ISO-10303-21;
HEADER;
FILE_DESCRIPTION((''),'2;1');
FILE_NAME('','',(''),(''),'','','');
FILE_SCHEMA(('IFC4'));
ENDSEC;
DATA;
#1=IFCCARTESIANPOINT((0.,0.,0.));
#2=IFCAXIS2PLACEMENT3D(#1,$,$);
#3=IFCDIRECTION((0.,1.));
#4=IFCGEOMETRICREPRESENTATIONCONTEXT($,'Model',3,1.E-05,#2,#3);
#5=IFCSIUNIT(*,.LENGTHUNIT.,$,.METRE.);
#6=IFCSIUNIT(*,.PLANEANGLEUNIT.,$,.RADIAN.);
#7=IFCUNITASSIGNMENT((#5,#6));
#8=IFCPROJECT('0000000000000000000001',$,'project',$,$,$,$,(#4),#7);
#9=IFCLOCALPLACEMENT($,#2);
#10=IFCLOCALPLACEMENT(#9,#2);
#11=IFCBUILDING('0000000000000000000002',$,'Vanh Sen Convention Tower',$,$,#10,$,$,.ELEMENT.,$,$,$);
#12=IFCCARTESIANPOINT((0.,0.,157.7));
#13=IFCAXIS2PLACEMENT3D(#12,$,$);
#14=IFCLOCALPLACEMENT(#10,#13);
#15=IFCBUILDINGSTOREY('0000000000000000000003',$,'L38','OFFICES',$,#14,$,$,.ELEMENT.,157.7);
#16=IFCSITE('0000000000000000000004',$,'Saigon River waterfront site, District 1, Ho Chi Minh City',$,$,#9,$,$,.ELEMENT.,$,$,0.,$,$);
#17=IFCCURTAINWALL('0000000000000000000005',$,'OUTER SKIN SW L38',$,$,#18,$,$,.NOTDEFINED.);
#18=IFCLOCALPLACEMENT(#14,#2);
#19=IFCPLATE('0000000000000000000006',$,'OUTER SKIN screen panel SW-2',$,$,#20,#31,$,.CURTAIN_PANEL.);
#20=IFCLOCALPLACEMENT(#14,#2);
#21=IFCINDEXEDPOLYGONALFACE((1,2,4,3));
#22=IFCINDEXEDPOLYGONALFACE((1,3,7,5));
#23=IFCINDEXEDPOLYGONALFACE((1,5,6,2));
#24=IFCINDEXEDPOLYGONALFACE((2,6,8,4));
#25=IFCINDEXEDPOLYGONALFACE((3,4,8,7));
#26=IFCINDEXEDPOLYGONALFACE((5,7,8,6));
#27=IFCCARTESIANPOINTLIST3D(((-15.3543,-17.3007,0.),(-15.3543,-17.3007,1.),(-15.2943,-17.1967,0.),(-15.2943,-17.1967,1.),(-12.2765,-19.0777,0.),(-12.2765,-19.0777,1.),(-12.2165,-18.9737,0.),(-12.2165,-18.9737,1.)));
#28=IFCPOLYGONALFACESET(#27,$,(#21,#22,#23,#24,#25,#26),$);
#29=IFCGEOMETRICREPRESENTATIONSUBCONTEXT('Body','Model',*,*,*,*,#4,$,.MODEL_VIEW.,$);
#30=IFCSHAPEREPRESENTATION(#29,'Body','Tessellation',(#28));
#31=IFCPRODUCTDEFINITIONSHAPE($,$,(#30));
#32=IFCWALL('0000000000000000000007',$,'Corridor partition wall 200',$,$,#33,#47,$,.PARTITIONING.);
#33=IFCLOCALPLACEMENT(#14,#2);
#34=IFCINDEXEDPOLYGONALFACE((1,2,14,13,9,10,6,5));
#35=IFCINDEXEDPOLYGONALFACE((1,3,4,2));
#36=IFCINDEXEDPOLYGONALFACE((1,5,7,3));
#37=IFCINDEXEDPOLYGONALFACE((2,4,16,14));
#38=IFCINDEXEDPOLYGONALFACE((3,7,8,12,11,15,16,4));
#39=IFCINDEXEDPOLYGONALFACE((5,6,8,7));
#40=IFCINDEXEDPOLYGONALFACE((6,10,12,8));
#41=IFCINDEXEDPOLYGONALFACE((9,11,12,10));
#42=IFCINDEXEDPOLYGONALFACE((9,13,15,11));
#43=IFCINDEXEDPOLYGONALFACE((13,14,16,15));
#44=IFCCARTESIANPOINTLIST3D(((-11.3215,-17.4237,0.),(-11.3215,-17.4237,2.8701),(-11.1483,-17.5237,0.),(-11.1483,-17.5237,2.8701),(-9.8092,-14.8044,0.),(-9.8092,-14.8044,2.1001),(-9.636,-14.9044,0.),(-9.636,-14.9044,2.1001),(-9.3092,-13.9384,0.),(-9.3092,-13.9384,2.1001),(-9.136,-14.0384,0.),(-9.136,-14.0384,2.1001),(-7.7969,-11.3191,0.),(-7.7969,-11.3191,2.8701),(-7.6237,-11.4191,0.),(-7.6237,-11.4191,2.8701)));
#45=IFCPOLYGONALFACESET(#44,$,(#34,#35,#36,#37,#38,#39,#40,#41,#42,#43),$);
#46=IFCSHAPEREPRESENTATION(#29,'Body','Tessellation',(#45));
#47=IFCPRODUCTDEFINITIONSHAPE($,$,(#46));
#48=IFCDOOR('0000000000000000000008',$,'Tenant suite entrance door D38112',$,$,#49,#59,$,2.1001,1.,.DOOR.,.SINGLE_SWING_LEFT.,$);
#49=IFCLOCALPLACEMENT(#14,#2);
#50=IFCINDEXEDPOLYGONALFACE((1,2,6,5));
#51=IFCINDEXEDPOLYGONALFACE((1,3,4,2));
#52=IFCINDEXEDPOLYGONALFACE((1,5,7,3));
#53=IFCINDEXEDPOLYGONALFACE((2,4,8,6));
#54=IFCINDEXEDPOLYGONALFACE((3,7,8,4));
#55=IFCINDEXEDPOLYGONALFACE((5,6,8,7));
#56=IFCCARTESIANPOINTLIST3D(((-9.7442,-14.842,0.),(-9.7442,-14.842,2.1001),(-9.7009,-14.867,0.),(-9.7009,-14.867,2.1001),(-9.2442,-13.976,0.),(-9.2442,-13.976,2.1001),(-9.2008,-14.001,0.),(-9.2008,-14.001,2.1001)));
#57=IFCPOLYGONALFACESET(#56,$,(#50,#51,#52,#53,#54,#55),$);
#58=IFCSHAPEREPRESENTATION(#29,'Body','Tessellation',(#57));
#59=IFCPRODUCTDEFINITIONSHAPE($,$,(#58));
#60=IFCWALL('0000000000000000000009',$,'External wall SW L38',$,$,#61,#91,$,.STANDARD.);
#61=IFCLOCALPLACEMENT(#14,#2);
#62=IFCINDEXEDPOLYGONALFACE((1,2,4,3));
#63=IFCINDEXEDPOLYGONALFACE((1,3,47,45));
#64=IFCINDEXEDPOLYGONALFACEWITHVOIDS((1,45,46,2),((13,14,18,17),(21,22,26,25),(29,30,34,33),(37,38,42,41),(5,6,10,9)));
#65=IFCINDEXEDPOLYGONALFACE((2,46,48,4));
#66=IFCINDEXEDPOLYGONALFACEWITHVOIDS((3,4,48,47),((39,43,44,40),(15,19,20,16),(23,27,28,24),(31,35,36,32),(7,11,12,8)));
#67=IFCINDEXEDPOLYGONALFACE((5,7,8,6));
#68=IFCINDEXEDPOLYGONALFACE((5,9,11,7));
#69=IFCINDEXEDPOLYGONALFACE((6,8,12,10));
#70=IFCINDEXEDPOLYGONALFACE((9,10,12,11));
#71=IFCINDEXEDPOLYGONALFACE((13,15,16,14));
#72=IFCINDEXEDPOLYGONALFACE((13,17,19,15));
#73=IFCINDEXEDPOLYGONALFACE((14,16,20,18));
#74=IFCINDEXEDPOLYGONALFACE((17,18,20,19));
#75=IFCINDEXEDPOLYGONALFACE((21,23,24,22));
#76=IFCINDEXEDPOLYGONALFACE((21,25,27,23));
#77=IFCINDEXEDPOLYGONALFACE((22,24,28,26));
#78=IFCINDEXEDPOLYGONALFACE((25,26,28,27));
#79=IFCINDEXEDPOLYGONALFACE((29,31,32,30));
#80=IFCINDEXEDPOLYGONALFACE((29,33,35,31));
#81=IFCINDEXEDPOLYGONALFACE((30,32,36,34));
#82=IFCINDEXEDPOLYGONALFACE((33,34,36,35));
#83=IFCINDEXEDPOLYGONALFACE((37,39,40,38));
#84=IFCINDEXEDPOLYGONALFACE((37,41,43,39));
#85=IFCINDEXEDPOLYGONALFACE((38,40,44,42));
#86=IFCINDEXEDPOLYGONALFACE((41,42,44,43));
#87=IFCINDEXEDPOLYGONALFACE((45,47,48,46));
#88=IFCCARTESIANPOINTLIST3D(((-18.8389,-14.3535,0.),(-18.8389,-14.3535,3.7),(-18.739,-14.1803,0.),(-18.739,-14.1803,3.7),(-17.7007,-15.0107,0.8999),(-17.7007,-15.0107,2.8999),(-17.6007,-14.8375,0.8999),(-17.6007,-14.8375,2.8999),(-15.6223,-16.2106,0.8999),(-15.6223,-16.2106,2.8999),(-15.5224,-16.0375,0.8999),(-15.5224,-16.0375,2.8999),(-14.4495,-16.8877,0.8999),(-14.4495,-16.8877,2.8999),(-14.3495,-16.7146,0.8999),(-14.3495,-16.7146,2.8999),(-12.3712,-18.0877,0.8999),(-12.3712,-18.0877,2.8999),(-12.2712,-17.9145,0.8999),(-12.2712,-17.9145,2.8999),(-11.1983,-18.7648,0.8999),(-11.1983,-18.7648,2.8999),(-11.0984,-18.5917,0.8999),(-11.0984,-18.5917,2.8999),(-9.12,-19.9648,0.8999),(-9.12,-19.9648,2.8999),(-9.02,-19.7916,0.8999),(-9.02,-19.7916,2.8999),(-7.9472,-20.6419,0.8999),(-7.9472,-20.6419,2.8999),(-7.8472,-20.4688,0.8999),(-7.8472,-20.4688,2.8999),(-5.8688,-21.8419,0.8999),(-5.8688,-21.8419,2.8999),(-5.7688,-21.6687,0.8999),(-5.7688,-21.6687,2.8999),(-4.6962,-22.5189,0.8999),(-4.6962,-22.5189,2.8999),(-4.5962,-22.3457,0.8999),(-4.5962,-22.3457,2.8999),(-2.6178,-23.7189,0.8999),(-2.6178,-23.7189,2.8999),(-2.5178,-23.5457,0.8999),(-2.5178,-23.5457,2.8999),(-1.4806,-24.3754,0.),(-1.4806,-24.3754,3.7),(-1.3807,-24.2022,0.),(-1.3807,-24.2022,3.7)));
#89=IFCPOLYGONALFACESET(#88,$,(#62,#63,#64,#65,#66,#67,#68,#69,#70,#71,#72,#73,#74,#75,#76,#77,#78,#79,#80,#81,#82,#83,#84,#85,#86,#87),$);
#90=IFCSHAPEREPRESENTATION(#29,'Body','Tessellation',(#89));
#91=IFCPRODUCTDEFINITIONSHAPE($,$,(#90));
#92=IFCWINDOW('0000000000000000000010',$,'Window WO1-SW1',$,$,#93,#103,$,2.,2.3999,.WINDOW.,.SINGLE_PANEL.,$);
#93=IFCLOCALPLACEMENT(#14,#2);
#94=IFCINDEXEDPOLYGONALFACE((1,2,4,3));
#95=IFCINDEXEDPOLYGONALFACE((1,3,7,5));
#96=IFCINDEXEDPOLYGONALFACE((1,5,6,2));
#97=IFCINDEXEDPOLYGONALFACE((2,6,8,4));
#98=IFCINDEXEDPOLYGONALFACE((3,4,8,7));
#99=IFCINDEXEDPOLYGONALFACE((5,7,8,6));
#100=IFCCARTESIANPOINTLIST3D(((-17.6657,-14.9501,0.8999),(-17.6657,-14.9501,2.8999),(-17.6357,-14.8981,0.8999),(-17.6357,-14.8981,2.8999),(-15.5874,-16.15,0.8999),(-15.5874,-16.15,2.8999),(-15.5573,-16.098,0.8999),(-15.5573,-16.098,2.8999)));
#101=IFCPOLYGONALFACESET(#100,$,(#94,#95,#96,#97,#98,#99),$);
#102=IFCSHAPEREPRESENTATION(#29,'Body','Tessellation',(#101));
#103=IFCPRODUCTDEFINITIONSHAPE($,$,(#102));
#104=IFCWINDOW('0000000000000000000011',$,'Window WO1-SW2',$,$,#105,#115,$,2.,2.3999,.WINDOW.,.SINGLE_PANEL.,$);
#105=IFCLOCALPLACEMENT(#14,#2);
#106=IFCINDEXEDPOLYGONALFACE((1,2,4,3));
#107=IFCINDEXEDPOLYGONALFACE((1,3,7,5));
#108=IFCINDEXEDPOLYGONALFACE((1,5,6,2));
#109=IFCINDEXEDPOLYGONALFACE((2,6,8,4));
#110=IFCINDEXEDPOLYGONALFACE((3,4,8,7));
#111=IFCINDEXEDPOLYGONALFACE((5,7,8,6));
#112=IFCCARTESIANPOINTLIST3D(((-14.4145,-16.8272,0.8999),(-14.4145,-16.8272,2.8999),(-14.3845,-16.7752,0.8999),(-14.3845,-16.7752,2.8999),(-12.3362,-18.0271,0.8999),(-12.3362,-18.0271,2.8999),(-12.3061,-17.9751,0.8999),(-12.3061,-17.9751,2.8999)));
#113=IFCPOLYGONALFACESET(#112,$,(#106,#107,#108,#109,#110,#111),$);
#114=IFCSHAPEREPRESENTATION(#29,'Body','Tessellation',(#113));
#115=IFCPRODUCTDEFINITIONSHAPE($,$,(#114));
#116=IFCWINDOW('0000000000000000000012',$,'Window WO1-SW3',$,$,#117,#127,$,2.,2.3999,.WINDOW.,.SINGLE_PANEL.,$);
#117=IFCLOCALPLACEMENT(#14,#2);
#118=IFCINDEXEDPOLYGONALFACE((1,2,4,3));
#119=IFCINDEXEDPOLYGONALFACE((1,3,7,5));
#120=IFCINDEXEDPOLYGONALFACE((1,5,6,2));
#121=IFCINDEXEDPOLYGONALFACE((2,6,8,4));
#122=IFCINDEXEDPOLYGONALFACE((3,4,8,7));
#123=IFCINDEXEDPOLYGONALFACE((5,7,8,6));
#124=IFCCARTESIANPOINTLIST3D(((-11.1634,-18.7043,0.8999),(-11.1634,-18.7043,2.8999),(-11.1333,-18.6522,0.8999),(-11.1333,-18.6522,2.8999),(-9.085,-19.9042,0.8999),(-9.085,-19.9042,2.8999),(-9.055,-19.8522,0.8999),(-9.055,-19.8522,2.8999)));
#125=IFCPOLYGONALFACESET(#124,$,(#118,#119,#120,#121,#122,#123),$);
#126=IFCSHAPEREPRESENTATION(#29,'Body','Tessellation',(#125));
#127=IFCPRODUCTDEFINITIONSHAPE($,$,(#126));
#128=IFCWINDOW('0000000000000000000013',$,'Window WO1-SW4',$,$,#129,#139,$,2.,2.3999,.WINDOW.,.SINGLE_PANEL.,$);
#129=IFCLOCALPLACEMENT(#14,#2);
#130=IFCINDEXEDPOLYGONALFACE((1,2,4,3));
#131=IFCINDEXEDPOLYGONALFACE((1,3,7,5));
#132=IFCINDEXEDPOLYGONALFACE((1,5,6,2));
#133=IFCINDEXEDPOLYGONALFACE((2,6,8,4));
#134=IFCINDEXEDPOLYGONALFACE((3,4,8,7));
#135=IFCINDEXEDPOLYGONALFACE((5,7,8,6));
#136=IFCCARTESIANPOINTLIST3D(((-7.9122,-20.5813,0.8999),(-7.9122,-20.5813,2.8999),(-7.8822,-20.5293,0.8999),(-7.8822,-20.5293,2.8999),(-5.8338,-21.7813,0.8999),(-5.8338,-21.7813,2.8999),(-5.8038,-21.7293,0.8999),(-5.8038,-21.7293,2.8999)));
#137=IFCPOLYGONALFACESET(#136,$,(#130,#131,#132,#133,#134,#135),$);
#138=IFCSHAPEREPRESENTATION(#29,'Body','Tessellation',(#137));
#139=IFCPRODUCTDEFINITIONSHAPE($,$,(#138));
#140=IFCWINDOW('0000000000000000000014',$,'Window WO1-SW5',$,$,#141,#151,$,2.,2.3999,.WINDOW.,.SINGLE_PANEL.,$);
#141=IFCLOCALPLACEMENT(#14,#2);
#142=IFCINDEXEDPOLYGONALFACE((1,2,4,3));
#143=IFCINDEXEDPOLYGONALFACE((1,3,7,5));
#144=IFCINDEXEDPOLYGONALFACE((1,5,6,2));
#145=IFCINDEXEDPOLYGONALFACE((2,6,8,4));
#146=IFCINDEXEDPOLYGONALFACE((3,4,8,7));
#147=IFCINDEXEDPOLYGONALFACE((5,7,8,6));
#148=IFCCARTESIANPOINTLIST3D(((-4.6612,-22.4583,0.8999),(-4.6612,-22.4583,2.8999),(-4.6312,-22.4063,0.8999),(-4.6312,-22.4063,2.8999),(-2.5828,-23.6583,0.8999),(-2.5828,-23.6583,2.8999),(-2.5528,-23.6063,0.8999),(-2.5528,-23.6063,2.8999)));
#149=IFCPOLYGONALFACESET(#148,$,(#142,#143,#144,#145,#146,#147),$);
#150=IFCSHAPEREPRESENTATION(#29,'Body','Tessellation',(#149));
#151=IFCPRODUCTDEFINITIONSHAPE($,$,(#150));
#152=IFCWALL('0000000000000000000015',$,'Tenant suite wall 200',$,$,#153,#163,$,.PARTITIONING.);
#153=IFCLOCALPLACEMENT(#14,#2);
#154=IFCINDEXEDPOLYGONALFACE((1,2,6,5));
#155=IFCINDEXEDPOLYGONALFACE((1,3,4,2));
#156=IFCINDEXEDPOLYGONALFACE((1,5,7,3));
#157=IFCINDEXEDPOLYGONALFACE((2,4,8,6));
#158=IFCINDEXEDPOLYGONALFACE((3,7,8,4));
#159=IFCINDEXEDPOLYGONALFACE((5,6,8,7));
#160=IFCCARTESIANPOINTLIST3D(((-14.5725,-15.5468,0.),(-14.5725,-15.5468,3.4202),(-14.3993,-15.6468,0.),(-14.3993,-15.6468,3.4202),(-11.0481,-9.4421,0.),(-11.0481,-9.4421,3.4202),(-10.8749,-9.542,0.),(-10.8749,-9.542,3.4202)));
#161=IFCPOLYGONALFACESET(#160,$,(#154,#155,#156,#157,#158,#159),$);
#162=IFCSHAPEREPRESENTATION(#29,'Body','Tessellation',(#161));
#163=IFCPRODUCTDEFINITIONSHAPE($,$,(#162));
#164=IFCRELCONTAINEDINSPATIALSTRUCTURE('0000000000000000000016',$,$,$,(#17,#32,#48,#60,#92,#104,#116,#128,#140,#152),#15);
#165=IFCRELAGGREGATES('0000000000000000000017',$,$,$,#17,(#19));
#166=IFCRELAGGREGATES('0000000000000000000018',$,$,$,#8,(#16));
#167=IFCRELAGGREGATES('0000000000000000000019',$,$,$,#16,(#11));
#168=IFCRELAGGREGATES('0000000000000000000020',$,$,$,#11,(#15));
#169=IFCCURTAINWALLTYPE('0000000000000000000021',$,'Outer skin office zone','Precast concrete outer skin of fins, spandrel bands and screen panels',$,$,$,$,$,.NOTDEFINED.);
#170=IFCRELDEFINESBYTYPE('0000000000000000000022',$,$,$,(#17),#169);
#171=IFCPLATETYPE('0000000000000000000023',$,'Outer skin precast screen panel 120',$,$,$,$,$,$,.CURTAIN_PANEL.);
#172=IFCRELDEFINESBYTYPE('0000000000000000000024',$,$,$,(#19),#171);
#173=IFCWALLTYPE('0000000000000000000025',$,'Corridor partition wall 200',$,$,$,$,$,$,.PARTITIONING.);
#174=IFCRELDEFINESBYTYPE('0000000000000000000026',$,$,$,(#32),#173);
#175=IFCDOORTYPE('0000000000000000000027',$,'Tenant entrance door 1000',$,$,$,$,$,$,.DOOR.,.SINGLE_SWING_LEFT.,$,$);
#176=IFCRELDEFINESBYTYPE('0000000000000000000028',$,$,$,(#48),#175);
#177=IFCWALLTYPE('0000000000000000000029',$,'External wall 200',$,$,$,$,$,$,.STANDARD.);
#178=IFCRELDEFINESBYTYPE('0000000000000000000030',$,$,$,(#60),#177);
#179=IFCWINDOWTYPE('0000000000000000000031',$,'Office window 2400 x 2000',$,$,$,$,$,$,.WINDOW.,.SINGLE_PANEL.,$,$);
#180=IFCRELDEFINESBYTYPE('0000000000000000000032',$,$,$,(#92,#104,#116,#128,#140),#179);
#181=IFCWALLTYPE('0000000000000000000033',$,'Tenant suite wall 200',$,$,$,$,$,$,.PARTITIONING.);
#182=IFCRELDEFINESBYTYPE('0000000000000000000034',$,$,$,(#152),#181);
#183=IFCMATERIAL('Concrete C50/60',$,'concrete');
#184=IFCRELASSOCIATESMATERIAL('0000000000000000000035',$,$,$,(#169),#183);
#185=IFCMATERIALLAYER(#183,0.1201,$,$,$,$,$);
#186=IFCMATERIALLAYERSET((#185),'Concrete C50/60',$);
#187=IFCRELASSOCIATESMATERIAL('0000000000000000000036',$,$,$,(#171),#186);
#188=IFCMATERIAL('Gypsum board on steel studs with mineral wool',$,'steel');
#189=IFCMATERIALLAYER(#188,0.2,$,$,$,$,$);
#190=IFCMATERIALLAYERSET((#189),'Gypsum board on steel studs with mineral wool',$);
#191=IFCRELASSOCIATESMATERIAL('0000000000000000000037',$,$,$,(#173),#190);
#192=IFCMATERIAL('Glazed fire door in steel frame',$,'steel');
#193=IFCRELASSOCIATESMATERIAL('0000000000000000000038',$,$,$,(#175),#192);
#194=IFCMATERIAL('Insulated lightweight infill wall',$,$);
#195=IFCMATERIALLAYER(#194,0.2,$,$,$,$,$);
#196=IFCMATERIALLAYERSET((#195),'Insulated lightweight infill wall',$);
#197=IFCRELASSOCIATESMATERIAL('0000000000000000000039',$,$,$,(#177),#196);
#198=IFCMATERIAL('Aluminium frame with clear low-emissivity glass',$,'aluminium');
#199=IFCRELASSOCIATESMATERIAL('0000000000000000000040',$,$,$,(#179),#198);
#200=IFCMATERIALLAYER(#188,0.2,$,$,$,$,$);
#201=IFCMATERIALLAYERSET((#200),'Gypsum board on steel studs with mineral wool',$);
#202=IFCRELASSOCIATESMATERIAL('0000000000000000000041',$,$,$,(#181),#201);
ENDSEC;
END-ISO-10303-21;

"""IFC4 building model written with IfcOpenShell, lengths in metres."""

from ifc_helpers import new_model, si_unit, direction, frame, frame_2d, origin, origin_2d, place, context, subcontext, project, spatial, rectangle, extrude, material, layer, layer_set, type_object, element, fill, aggregate, save


model = new_model("IFC4")

# Units and contexts
model_context = context("Model", 3, precision=1e-05, world=origin(), true_north=direction((0.0, 1.0)))
body_context = subcontext(model_context, "Body", "Model", "MODEL_VIEW")
ifc_project = project(units=[si_unit("LENGTHUNIT", "METRE"), si_unit("PLANEANGLEUNIT", "RADIAN")], contexts=[model_context])

# Site, building, storey
site_placement = place(None, origin())
site = spatial("IfcSite", under=ifc_project, at=site_placement, Name="Saigon River waterfront site, District 1, Ho Chi Minh City", CompositionType="ELEMENT", RefElevation=0.0)
building_placement = place(site_placement, origin())
building = spatial("IfcBuilding", under=site, at=building_placement, Name="Vanh Sen Convention Tower", CompositionType="ELEMENT")
storey_placement = place(building_placement, frame((0.0, 0.0, 157.7)))
storey = spatial("IfcBuildingStorey", under=building, at=storey_placement, Name="L38", Description="OFFICES", CompositionType="ELEMENT", Elevation=157.7)

# Curtain wall
ifc_material_1 = material(Name="Concrete C50/60", Category="concrete")
curtain_wall_type = type_object("IfcCurtainWallType", Name="Outer skin office zone", Description="Precast concrete outer skin of fins, spandrel bands and screen panels", PredefinedType="NOTDEFINED", material=ifc_material_1)
curtain_wall_placement = place(storey_placement, origin())
curtain_wall = element("IfcCurtainWall", 1, at=curtain_wall_placement, inside=storey, type_object=curtain_wall_type, Name="OUTER SKIN SW L38", PredefinedType="NOTDEFINED")

# Plate
ifc_layer_1 = layer(ifc_material_1, 0.1201)
ifc_layer_set_1 = layer_set([ifc_layer_1], Name="Concrete C50/60")
plate_type = type_object("IfcPlateType", Name="Outer skin precast screen panel 120", PredefinedType="CURTAIN_PANEL", material=ifc_layer_set_1)
plate_1_placement = place(storey_placement, frame((-13.7854, -18.1372, 0.0), z_axis=(0.0, 0.0, 1.0), x_axis=(0.866028, -0.499995, 0.0)))
plate_1 = element("IfcPlate", 2, at=plate_1_placement, type_object=plate_type, Name="OUTER SKIN screen panel SW-2", PredefinedType="CURTAIN_PANEL", context=body_context, shape_type="SweptSolid", body=[
    extrude(rectangle(XDim=3.554, YDim=0.1201, at=origin_2d()), origin(), (0.0, 0.0, 1.0), 1.0),
])
aggregate(curtain_wall, [plate_1])

# Wall, opening, door
ifc_material_2 = material(Name="Gypsum board on steel studs with mineral wool", Category="steel")
ifc_layer_2 = layer(ifc_material_2, 0.2)
ifc_layer_set_2 = layer_set([ifc_layer_2], Name="Gypsum board on steel studs with mineral wool")
wall_type_1 = type_object("IfcWallType", Name="Corridor partition wall 200", PredefinedType="PARTITIONING", material=ifc_layer_set_2)
wall_1_placement = place(storey_placement, frame((-11.2349, -17.4736, 0.0), z_axis=(0.0, 0.0, 1.0), x_axis=(0.500009, 0.86602, 0.0)))
wall_1 = element("IfcWall", 3, at=wall_1_placement, inside=storey, type_object=wall_type_1, Name="Corridor partition wall 200", PredefinedType="PARTITIONING", context=body_context, shape_type="SweptSolid", body=[
    extrude(rectangle(XDim=7.0491, YDim=0.2, at=frame_2d((3.5244, 0.0))), origin(), (0.0, 0.0, 1.0), 2.8701),
])
opening_1_placement = place(wall_1_placement, frame((3.0244, 0.0, 0.0)))
opening_1 = element("IfcOpeningElement", 4, at=opening_1_placement, cuts=wall_1, PredefinedType="OPENING", context=body_context, shape_type="SweptSolid", body=[
    extrude(rectangle(XDim=1.0, YDim=2.1001, at=frame_2d((0.5, 1.05))), frame((0.0, 0.1099, 0.0), z_axis=(0.0, -1.0, 0.0), x_axis=(1.0, 0.0, 0.0)), (0.0, 0.0, 1.0), 0.22),
])
ifc_material_3 = material(Name="Glazed fire door in steel frame", Category="steel")
door_type = type_object("IfcDoorType", Name="Tenant entrance door 1000", OperationType="SINGLE_SWING_LEFT", PredefinedType="DOOR", material=ifc_material_3)
door_placement = place(opening_1_placement, origin())
door = element("IfcDoor", 5, at=door_placement, inside=storey, type_object=door_type, Name="Tenant suite entrance door D38112", OperationType="SINGLE_SWING_LEFT", OverallHeight=2.1001, OverallWidth=1.0, PredefinedType="DOOR", context=body_context, shape_type="SweptSolid", body=[
    extrude(rectangle(XDim=1.0, YDim=2.1001, at=frame_2d((0.5, 1.05))), frame((0.0, 0.0249, 0.0), z_axis=(0.0, -1.0, 0.0), x_axis=(1.0, 0.0, 0.0)), (0.0, 0.0, 1.0), 0.05),
])
fill(opening_1, door)

# Wall, openings, windows
ifc_material_4 = material(Name="Insulated lightweight infill wall")
ifc_layer_3 = layer(ifc_material_4, 0.2)
ifc_layer_set_3 = layer_set([ifc_layer_3], Name="Insulated lightweight infill wall")
wall_type_2 = type_object("IfcWallType", Name="External wall 200", PredefinedType="STANDARD", material=ifc_layer_set_3)
wall_2_placement = place(storey_placement, frame((-18.7891, -14.2668, 0.0), z_axis=(0.0, 0.0, 1.0), x_axis=(0.866023, -0.500004, 0.0)))
wall_2 = element("IfcWall", 6, at=wall_2_placement, inside=storey, type_object=wall_type_2, Name="External wall SW L38", PredefinedType="STANDARD", context=body_context, shape_type="SweptSolid", body=[
    extrude(rectangle(XDim=20.0437, YDim=0.2, at=frame_2d((10.022, 0.0))), origin(), (0.0, 0.0, 1.0), 3.7),
])
opening_2_placement = place(wall_2_placement, frame((1.3145, 0.0, 0.8999)))
opening_2 = element("IfcOpeningElement", 7, at=opening_2_placement, cuts=wall_2, PredefinedType="OPENING", context=body_context, shape_type="SweptSolid", body=[
    extrude(rectangle(XDim=2.3999, YDim=2.0, at=frame_2d((1.2, 1.0))), frame((0.0, 0.1099, 0.0), z_axis=(0.0, -1.0, 0.0), x_axis=(1.0, 0.0, 0.0)), (0.0, 0.0, 1.0), 0.22),
])
opening_3_placement = place(wall_2_placement, frame((5.0686, 0.0, 0.8999)))
opening_3 = element("IfcOpeningElement", 8, at=opening_3_placement, cuts=wall_2, PredefinedType="OPENING", context=body_context, shape_type="SweptSolid", body=[
    extrude(rectangle(XDim=2.3999, YDim=2.0, at=frame_2d((1.2, 1.0))), frame((0.0, 0.1099, 0.0), z_axis=(0.0, -1.0, 0.0), x_axis=(1.0, 0.0, 0.0)), (0.0, 0.0, 1.0), 0.22),
])
opening_4_placement = place(wall_2_placement, frame((8.8228, 0.0, 0.8999)))
opening_4 = element("IfcOpeningElement", 9, at=opening_4_placement, cuts=wall_2, PredefinedType="OPENING", context=body_context, shape_type="SweptSolid", body=[
    extrude(rectangle(XDim=2.3999, YDim=2.0, at=frame_2d((1.2, 1.0))), frame((0.0, 0.1099, 0.0), z_axis=(0.0, -1.0, 0.0), x_axis=(1.0, 0.0, 0.0)), (0.0, 0.0, 1.0), 0.22),
])
opening_5_placement = place(wall_2_placement, frame((12.5769, 0.0, 0.8999)))
opening_5 = element("IfcOpeningElement", 10, at=opening_5_placement, cuts=wall_2, PredefinedType="OPENING", context=body_context, shape_type="SweptSolid", body=[
    extrude(rectangle(XDim=2.3999, YDim=2.0, at=frame_2d((1.2, 1.0))), frame((0.0, 0.1099, 0.0), z_axis=(0.0, -1.0, 0.0), x_axis=(1.0, 0.0, 0.0)), (0.0, 0.0, 1.0), 0.22),
])
opening_6_placement = place(wall_2_placement, frame((16.3308, 0.0, 0.8999)))
opening_6 = element("IfcOpeningElement", 11, at=opening_6_placement, cuts=wall_2, PredefinedType="OPENING", context=body_context, shape_type="SweptSolid", body=[
    extrude(rectangle(XDim=2.3999, YDim=2.0, at=frame_2d((1.2, 1.0))), frame((0.0, 0.1099, 0.0), z_axis=(0.0, -1.0, 0.0), x_axis=(1.0, 0.0, 0.0)), (0.0, 0.0, 1.0), 0.22),
])
ifc_material_5 = material(Name="Aluminium frame with clear low-emissivity glass", Category="aluminium")
window_type = type_object("IfcWindowType", Name="Office window 2400 x 2000", PartitioningType="SINGLE_PANEL", PredefinedType="WINDOW", material=ifc_material_5)
window_1_placement = place(opening_2_placement, origin())
window_1 = element("IfcWindow", 12, at=window_1_placement, inside=storey, type_object=window_type, Name="Window WO1-SW1", OverallHeight=2.0, OverallWidth=2.3999, PartitioningType="SINGLE_PANEL", PredefinedType="WINDOW", context=body_context, shape_type="SweptSolid", body=[
    extrude(rectangle(XDim=2.3999, YDim=2.0, at=frame_2d((1.2, 1.0))), frame((0.0, 0.03, 0.0), z_axis=(0.0, -1.0, 0.0), x_axis=(1.0, 0.0, 0.0)), (0.0, 0.0, 1.0), 0.0601),
])
fill(opening_2, window_1)
window_2_placement = place(opening_3_placement, origin())
window_2 = element("IfcWindow", 13, at=window_2_placement, inside=storey, type_object=window_type, Name="Window WO1-SW2", OverallHeight=2.0, OverallWidth=2.3999, PartitioningType="SINGLE_PANEL", PredefinedType="WINDOW", context=body_context, shape_type="SweptSolid", body=[
    extrude(rectangle(XDim=2.3999, YDim=2.0, at=frame_2d((1.2, 1.0))), frame((0.0, 0.03, 0.0), z_axis=(0.0, -1.0, 0.0), x_axis=(1.0, 0.0, 0.0)), (0.0, 0.0, 1.0), 0.0601),
])
fill(opening_3, window_2)
window_3_placement = place(opening_4_placement, origin())
window_3 = element("IfcWindow", 14, at=window_3_placement, inside=storey, type_object=window_type, Name="Window WO1-SW3", OverallHeight=2.0, OverallWidth=2.3999, PartitioningType="SINGLE_PANEL", PredefinedType="WINDOW", context=body_context, shape_type="SweptSolid", body=[
    extrude(rectangle(XDim=2.3999, YDim=2.0, at=frame_2d((1.2, 1.0))), frame((0.0, 0.03, 0.0), z_axis=(0.0, -1.0, 0.0), x_axis=(1.0, 0.0, 0.0)), (0.0, 0.0, 1.0), 0.0601),
])
fill(opening_4, window_3)
window_4_placement = place(opening_5_placement, origin())
window_4 = element("IfcWindow", 15, at=window_4_placement, inside=storey, type_object=window_type, Name="Window WO1-SW4", OverallHeight=2.0, OverallWidth=2.3999, PartitioningType="SINGLE_PANEL", PredefinedType="WINDOW", context=body_context, shape_type="SweptSolid", body=[
    extrude(rectangle(XDim=2.3999, YDim=2.0, at=frame_2d((1.2, 1.0))), frame((0.0, 0.03, 0.0), z_axis=(0.0, -1.0, 0.0), x_axis=(1.0, 0.0, 0.0)), (0.0, 0.0, 1.0), 0.0601),
])
fill(opening_5, window_4)
window_5_placement = place(opening_6_placement, origin())
window_5 = element("IfcWindow", 16, at=window_5_placement, inside=storey, type_object=window_type, Name="Window WO1-SW5", OverallHeight=2.0, OverallWidth=2.3999, PartitioningType="SINGLE_PANEL", PredefinedType="WINDOW", context=body_context, shape_type="SweptSolid", body=[
    extrude(rectangle(XDim=2.3999, YDim=2.0, at=frame_2d((1.2, 1.0))), frame((0.0, 0.03, 0.0), z_axis=(0.0, -1.0, 0.0), x_axis=(1.0, 0.0, 0.0)), (0.0, 0.0, 1.0), 0.0601),
])
fill(opening_6, window_5)

# Wall
ifc_layer_4 = layer(ifc_material_2, 0.2)
ifc_layer_set_4 = layer_set([ifc_layer_4], Name="Gypsum board on steel studs with mineral wool")
wall_type_3 = type_object("IfcWallType", Name="Tenant suite wall 200", PredefinedType="PARTITIONING", material=ifc_layer_set_4)
wall_3_placement = place(storey_placement, frame((-14.4858, -15.5967, 0.0), z_axis=(0.0, 0.0, 1.0), x_axis=(0.499983, 0.866035, 0.0)))
element("IfcWall", 17, at=wall_3_placement, inside=storey, type_object=wall_type_3, Name="Tenant suite wall 200", PredefinedType="PARTITIONING", context=body_context, shape_type="SweptSolid", body=[
    extrude(rectangle(XDim=7.0491, YDim=0.2, at=frame_2d((3.5244, 0.0))), origin(), (0.0, 0.0, 1.0), 3.4202),
])

save(model, "model.ifc")
